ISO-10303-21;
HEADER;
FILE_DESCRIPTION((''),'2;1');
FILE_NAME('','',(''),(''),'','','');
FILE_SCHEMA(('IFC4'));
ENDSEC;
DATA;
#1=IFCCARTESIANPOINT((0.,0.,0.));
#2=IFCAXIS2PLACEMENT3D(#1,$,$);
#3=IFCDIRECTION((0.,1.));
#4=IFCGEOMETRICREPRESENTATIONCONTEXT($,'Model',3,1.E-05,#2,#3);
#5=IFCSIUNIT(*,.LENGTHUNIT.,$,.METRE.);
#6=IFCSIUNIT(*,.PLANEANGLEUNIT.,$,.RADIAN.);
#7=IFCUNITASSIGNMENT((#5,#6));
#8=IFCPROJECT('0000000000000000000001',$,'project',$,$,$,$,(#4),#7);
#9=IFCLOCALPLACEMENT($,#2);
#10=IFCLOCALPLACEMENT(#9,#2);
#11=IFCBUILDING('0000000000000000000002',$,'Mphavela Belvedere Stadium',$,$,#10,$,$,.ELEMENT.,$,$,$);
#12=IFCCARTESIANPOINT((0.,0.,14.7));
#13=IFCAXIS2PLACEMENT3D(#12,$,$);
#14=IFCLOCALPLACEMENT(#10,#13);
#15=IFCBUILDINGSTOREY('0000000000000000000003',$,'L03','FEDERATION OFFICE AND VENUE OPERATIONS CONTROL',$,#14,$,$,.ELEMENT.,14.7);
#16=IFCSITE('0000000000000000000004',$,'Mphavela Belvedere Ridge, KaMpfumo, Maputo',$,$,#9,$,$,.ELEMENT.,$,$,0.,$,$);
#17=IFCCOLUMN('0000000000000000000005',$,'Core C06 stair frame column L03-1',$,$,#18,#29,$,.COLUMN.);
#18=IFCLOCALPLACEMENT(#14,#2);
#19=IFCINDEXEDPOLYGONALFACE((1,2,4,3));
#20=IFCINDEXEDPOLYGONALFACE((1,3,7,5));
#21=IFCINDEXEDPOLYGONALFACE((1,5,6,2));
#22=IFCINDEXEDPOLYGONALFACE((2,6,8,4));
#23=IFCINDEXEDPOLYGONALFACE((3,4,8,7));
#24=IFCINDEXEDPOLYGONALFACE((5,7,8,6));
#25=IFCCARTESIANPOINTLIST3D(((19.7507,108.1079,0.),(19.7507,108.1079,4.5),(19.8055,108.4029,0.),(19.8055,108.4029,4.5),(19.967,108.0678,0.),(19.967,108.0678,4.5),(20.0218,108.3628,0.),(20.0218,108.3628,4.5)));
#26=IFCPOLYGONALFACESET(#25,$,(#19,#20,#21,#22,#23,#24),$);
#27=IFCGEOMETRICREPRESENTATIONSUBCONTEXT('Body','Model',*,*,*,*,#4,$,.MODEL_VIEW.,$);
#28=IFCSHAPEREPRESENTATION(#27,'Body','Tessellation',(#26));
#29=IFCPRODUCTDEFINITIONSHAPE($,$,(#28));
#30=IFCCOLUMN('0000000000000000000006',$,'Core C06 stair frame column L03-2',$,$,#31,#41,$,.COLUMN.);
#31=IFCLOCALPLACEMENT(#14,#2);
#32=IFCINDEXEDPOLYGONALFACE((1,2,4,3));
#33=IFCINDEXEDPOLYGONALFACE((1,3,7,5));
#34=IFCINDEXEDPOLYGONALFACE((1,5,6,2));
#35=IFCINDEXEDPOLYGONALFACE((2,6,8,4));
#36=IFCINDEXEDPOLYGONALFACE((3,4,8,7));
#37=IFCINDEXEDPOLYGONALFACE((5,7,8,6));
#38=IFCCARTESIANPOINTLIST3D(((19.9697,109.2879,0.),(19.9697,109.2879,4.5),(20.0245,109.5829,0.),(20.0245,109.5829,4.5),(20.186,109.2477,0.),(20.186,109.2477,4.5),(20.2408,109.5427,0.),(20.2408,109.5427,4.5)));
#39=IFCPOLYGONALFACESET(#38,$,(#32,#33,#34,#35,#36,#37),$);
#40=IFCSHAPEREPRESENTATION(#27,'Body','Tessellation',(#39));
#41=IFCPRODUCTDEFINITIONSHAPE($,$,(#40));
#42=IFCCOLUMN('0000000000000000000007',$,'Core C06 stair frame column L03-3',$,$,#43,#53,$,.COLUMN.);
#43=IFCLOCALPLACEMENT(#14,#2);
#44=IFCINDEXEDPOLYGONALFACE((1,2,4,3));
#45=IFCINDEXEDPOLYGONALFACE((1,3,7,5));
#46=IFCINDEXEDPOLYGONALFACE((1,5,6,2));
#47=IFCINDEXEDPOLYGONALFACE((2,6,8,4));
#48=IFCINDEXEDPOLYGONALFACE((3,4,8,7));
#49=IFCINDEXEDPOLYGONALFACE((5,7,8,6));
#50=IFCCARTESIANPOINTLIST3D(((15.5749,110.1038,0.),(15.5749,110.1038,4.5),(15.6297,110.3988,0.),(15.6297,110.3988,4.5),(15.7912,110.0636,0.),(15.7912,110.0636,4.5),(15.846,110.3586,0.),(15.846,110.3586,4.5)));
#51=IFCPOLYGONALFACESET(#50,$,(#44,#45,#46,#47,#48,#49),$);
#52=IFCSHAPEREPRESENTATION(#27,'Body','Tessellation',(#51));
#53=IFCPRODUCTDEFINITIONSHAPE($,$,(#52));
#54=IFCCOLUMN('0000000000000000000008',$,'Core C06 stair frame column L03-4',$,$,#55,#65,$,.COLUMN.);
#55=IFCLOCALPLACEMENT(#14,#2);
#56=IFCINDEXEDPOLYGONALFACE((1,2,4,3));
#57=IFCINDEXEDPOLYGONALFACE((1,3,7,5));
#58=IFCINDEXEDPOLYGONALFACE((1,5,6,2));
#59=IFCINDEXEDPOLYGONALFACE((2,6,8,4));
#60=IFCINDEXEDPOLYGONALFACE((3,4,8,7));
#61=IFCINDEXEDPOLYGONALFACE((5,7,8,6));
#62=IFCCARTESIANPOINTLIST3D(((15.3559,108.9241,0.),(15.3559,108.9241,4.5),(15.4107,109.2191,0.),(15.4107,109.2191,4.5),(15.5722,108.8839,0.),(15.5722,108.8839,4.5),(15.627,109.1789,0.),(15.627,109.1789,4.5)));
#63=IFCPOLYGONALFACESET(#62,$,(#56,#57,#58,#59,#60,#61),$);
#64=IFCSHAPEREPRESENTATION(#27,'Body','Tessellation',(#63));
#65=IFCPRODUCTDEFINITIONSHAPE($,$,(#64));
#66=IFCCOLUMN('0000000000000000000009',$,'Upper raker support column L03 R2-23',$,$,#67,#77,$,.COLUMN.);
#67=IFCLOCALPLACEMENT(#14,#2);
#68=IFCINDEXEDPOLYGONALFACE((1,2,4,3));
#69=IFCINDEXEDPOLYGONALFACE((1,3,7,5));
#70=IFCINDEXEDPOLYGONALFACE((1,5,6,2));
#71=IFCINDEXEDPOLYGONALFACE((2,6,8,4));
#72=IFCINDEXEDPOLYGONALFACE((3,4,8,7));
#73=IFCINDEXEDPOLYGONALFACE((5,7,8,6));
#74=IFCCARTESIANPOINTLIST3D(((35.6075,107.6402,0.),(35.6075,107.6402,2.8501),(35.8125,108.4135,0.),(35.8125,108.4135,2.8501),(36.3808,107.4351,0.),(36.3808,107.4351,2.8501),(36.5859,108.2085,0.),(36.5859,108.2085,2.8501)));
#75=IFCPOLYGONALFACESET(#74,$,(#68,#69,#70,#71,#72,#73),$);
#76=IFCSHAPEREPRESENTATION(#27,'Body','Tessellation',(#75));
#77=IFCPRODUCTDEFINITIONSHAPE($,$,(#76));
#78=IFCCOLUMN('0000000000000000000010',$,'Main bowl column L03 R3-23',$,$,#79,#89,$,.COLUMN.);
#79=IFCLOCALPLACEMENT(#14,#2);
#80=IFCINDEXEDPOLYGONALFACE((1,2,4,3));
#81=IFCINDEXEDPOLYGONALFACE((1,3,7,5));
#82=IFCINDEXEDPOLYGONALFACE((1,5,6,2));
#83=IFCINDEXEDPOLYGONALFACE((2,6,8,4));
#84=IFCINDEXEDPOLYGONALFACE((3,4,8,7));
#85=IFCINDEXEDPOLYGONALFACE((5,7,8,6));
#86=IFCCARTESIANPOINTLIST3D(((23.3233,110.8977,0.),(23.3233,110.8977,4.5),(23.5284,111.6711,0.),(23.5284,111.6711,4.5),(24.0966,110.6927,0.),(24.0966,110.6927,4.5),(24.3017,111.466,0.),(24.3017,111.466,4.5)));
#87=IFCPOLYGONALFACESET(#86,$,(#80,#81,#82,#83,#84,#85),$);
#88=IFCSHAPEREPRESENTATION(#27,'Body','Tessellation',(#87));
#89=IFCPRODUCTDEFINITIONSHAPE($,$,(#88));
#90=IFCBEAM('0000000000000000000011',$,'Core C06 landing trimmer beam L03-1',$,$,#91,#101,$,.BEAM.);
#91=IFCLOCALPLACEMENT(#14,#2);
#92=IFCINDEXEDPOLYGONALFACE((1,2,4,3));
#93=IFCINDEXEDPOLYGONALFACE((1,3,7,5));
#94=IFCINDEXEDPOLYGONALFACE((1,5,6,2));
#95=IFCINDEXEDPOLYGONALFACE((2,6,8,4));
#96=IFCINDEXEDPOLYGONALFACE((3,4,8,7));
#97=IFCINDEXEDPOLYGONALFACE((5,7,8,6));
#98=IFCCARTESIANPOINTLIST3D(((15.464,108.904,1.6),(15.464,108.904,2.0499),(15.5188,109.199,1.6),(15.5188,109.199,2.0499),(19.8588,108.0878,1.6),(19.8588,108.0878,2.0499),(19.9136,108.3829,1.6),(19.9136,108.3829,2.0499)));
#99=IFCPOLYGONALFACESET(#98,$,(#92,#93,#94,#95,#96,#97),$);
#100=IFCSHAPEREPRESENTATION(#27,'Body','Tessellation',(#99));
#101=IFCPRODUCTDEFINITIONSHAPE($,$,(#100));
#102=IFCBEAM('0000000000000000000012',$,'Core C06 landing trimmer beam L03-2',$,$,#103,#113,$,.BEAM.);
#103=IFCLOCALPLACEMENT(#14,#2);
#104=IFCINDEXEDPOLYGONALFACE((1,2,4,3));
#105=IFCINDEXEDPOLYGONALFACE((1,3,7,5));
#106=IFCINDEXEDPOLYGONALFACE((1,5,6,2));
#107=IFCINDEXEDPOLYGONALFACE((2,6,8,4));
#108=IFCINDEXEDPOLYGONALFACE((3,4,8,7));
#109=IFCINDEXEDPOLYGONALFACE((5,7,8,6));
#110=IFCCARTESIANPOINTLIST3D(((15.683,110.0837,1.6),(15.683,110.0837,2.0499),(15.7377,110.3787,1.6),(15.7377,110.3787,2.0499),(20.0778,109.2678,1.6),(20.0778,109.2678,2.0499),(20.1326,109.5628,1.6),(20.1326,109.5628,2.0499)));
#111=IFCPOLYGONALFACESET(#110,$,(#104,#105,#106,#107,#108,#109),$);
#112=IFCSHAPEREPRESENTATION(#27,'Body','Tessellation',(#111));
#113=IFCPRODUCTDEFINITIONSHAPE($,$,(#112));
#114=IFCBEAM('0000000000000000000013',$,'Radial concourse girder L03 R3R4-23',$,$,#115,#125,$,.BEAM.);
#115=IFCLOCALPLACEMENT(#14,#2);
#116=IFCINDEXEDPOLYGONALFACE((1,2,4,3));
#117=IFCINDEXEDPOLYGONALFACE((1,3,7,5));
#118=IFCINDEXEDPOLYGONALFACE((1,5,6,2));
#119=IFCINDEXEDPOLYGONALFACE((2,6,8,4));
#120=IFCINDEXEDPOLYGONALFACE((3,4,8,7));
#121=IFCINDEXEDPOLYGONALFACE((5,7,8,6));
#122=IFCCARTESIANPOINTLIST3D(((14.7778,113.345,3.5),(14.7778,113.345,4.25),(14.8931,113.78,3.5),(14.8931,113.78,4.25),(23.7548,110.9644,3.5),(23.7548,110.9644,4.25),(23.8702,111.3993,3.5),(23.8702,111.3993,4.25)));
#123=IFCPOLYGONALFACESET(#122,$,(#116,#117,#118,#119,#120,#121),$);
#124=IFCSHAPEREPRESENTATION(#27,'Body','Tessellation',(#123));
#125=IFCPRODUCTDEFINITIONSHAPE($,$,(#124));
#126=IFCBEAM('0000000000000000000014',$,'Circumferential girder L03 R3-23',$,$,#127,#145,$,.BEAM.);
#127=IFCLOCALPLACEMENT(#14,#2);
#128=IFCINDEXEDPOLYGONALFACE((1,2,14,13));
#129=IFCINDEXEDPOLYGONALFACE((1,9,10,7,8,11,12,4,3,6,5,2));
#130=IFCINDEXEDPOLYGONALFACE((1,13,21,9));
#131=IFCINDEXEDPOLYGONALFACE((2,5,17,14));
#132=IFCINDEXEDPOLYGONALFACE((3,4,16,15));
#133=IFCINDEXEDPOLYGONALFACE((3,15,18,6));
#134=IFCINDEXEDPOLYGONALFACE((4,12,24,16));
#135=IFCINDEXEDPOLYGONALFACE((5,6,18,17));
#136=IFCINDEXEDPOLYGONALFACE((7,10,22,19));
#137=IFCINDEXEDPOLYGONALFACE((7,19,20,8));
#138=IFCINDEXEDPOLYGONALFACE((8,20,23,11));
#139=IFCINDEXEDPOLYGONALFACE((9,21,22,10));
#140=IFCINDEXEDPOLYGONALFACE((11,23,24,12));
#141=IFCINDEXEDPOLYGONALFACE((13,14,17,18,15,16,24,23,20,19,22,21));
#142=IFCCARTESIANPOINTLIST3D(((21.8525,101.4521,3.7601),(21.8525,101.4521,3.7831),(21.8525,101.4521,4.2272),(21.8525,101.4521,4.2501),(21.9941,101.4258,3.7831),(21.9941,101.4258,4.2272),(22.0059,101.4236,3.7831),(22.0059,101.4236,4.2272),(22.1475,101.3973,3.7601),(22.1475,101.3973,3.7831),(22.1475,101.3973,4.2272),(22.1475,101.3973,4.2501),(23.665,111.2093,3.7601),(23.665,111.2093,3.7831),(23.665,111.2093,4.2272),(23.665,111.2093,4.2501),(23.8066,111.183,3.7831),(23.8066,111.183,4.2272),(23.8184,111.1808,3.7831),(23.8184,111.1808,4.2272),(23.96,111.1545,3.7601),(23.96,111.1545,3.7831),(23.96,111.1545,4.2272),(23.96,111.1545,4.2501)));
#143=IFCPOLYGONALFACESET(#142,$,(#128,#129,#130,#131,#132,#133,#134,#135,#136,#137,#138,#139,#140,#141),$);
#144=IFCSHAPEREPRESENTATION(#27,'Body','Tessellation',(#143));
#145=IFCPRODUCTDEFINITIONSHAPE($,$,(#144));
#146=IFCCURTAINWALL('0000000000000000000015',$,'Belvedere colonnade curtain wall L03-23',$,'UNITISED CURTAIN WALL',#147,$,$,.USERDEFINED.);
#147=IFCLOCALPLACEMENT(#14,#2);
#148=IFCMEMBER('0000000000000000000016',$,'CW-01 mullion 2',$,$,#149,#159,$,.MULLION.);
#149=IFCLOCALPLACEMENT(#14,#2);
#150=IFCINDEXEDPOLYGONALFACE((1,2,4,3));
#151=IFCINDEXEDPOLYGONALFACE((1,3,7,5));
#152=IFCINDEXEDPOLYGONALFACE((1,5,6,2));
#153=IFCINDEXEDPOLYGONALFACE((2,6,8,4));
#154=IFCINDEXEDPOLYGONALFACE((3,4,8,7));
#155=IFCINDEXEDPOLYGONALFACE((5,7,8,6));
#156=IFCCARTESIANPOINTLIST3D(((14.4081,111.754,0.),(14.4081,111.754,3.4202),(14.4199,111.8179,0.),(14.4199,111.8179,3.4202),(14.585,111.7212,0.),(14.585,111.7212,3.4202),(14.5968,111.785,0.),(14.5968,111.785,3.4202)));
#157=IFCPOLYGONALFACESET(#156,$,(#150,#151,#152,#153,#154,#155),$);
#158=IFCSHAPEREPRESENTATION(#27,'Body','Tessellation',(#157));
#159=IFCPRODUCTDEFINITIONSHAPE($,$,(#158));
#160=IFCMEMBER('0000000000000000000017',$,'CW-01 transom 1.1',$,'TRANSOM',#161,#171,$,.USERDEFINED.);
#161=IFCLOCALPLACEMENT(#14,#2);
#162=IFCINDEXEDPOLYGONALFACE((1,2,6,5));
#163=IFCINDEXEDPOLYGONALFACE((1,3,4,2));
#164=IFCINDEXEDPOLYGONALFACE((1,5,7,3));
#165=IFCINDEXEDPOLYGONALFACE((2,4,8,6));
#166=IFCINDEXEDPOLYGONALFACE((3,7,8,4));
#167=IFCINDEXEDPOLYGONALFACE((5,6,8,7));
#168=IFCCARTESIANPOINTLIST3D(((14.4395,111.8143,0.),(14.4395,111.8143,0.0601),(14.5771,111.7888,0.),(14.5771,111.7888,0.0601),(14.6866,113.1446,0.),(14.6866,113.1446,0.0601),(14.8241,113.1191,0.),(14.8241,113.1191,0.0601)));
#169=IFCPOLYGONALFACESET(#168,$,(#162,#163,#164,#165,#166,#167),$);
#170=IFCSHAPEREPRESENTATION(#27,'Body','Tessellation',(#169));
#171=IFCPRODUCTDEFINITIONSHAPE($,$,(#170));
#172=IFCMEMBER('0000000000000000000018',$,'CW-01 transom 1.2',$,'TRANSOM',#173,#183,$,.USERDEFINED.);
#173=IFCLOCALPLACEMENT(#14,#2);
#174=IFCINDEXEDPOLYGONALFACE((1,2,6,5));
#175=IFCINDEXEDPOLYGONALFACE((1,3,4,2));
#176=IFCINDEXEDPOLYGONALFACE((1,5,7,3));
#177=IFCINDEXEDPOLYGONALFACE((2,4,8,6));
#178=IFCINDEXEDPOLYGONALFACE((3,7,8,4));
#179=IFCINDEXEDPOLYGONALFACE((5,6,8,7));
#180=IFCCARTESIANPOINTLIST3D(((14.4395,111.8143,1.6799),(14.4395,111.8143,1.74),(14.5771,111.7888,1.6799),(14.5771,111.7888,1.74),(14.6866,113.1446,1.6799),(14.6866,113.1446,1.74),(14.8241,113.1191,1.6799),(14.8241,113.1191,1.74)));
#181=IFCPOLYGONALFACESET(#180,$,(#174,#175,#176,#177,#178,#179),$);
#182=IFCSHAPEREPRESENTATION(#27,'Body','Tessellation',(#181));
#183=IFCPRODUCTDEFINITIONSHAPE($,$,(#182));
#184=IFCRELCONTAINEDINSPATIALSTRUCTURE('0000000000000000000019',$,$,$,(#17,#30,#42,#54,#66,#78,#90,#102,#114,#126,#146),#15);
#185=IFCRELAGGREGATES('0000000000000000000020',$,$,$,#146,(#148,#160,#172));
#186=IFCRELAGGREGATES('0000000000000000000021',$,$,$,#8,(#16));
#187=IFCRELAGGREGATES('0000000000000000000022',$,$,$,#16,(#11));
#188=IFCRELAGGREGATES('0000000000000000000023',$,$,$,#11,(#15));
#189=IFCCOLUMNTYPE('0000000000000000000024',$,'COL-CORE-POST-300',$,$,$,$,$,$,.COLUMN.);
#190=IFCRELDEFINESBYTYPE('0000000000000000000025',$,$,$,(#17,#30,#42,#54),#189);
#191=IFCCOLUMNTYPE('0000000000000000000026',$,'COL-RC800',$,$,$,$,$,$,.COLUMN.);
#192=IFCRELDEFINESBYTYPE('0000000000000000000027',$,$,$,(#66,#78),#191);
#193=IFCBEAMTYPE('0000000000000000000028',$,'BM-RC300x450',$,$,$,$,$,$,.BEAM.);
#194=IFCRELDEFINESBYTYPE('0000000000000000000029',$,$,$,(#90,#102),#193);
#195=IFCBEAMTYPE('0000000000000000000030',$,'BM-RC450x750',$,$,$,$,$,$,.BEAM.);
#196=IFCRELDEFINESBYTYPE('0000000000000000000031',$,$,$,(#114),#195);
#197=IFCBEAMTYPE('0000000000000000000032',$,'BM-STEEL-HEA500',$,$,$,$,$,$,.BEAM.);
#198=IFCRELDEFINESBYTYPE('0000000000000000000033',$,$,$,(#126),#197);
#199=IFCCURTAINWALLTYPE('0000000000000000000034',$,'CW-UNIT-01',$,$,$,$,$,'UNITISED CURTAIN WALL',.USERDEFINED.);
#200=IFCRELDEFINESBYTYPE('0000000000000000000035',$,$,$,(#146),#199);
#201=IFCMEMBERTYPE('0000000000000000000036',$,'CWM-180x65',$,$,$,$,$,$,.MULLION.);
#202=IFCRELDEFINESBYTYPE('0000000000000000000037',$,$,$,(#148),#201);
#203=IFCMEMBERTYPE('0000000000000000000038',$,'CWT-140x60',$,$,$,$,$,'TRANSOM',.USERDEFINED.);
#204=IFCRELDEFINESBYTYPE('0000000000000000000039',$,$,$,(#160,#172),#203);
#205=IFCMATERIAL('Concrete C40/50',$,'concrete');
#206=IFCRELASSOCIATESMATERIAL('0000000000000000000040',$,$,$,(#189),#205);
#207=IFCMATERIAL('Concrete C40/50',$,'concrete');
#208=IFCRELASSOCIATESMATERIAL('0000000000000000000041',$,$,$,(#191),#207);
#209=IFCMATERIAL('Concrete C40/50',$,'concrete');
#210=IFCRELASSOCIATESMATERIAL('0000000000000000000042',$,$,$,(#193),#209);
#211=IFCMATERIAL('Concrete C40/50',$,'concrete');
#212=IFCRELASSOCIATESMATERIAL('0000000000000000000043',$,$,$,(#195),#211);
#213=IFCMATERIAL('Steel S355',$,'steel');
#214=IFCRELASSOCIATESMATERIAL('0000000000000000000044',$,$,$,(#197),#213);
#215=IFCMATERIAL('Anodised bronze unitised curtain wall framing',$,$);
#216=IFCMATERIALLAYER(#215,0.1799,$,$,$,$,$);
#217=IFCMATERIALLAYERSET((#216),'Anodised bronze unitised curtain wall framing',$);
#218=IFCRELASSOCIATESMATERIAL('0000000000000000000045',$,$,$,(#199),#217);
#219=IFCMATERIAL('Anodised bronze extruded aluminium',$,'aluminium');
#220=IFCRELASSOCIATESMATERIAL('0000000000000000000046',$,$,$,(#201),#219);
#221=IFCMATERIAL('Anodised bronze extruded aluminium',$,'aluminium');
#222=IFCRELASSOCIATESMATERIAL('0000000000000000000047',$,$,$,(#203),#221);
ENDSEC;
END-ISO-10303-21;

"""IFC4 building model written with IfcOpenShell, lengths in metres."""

from ifc_helpers import new_model, si_unit, direction, frame, origin, origin_2d, place, context, subcontext, project, spatial, rectangle, i_section, extrude, material, layer, layer_set, material_profile, profile_set, type_object, element, aggregate, save


model = new_model("IFC4")

# Units and contexts
model_context = context("Model", 3, precision=1e-05, world=origin(), true_north=direction((0.0, 1.0)))
body_context = subcontext(model_context, "Body", "Model", "MODEL_VIEW")
ifc_project = project(units=[si_unit("LENGTHUNIT", "METRE"), si_unit("PLANEANGLEUNIT", "RADIAN")], contexts=[model_context])

# Site, building, storey
site_placement = place(None, origin())
site = spatial("IfcSite", under=ifc_project, at=site_placement, Name="Mphavela Belvedere Ridge, KaMpfumo, Maputo", CompositionType="ELEMENT", RefElevation=0.0)
building_placement = place(site_placement, origin())
building = spatial("IfcBuilding", under=site, at=building_placement, Name="Mphavela Belvedere Stadium", CompositionType="ELEMENT")
storey_placement = place(building_placement, frame((0.0, 0.0, 14.7)))
storey = spatial("IfcBuildingStorey", under=building, at=storey_placement, Name="L03", Description="FEDERATION OFFICE AND VENUE OPERATIONS CONTROL", CompositionType="ELEMENT", Elevation=14.7)

# Columns
ifc_material_1 = material(Name="Concrete C40/50", Category="concrete")
ifc_material_profile_1 = material_profile(ifc_material_1, rectangle(XDim=0.3, YDim=0.22, at=origin_2d()), Name="RC 300x220")
ifc_profile_set_1 = profile_set([ifc_material_profile_1], Name="Concrete C40/50")
column_type_1 = type_object("IfcColumnType", Name="COL-CORE-POST-300", PredefinedType="COLUMN", material=ifc_profile_set_1)
for number, where, z_axis, x_axis, name in (
    (1, (19.8862, 108.2354, 0.0), (0.0, 0.0, 1.0), (0.182579, 0.983191, 0.0), "Core C06 stair frame column L03-1"),
    (2, (20.1052, 109.4153, 0.0), (0.0, 0.0, 1.0), (0.182579, 0.983191, 0.0), "Core C06 stair frame column L03-2"),
    (3, (15.7104, 110.2312, 0.0), (0.0, 0.0, 1.0), (0.182579, 0.983191, 0.0), "Core C06 stair frame column L03-3"),
    (4, (15.4915, 109.0515, 0.0), (0.0, 0.0, 1.0), (0.182579, 0.983191, 0.0), "Core C06 stair frame column L03-4"),
):
    element("IfcColumn", number, at=place(storey_placement, frame(where, z_axis=z_axis, x_axis=x_axis)), inside=storey, type_object=column_type_1, Name=name, PredefinedType="COLUMN", context=body_context, shape_type="SweptSolid", body=[
        extrude(rectangle(XDim=0.3, YDim=0.22, at=origin_2d()), origin(), (0.0, 0.0, 1.0), 4.5),
    ])
ifc_material_2 = material(Name="Concrete C40/50", Category="concrete")
ifc_material_profile_2 = material_profile(ifc_material_2, rectangle(XDim=0.8, YDim=0.8, at=origin_2d()), Name="RC 800x800")
ifc_profile_set_2 = profile_set([ifc_material_profile_2], Name="Concrete C40/50")
column_type_2 = type_object("IfcColumnType", Name="COL-RC800", PredefinedType="COLUMN", material=ifc_profile_set_2)
column_1_placement = place(storey_placement, frame((36.0967, 107.9243, 0.0), z_axis=(0.0, 0.0, 1.0), x_axis=(-0.9666, 0.256289, 0.0)))
element("IfcColumn", 5, at=column_1_placement, inside=storey, type_object=column_type_2, Name="Upper raker support column L03 R2-23", PredefinedType="COLUMN", context=body_context, shape_type="SweptSolid", body=[
    extrude(rectangle(XDim=0.8, YDim=0.8, at=origin_2d()), origin(), (0.0, 0.0, 1.0), 2.8501),
])
column_2_placement = place(storey_placement, frame((23.8125, 111.1819, 0.0), z_axis=(0.0, 0.0, 1.0), x_axis=(-0.9666, 0.256289, 0.0)))
element("IfcColumn", 6, at=column_2_placement, inside=storey, type_object=column_type_2, Name="Main bowl column L03 R3-23", PredefinedType="COLUMN", context=body_context, shape_type="SweptSolid", body=[
    extrude(rectangle(XDim=0.8, YDim=0.8, at=origin_2d()), origin(), (0.0, 0.0, 1.0), 4.5),
])

# Beams
ifc_material_3 = material(Name="Concrete C40/50", Category="concrete")
ifc_material_profile_3 = material_profile(ifc_material_3, rectangle(XDim=0.3, YDim=0.45, at=origin_2d()), Name="RC 300x450")
ifc_profile_set_3 = profile_set([ifc_material_profile_3], Name="Concrete C40/50")
beam_type_1 = type_object("IfcBeamType", Name="BM-RC300x450", PredefinedType="BEAM", material=ifc_profile_set_3)
for number, where, z_axis, x_axis, name in (
    (7, (19.8862, 108.2354, 1.825), (-0.983189, 0.18259, 0.0), (-0.18259, -0.983189, 0.0), "Core C06 landing trimmer beam L03-1"),
    (8, (20.1052, 109.4153, 1.825), (-0.983199, 0.182537, 0.0), (-0.182537, -0.983199, 0.0), "Core C06 landing trimmer beam L03-2"),
):
    element("IfcBeam", number, at=place(storey_placement, frame(where, z_axis=z_axis, x_axis=x_axis)), inside=storey, type_object=beam_type_1, Name=name, PredefinedType="BEAM", context=body_context, shape_type="SweptSolid", body=[
        extrude(rectangle(XDim=0.3, YDim=0.45, at=origin_2d()), origin(), (0.0, 0.0, 1.0), 4.47),
    ])
ifc_material_4 = material(Name="Concrete C40/50", Category="concrete")
ifc_material_profile_4 = material_profile(ifc_material_4, rectangle(XDim=0.45, YDim=0.75, at=origin_2d()), Name="RC 450x750")
ifc_profile_set_4 = profile_set([ifc_material_profile_4], Name="Concrete C40/50")
beam_type_2 = type_object("IfcBeamType", Name="BM-RC450x750", PredefinedType="BEAM", material=ifc_profile_set_4)
beam_1_placement = place(storey_placement, frame((23.8125, 111.1819, 3.875), z_axis=(-0.96659, 0.256329, 0.0), x_axis=(-0.256329, -0.96659, 0.0)))
element("IfcBeam", 9, at=beam_1_placement, inside=storey, type_object=beam_type_2, Name="Radial concourse girder L03 R3R4-23", PredefinedType="BEAM", context=body_context, shape_type="SweptSolid", body=[
    extrude(rectangle(XDim=0.45, YDim=0.75, at=origin_2d()), origin(), (0.0, 0.0, 1.0), 9.2874),
])
ifc_material_5 = material(Name="Steel S355", Category="steel")
ifc_material_profile_5 = material_profile(ifc_material_5, i_section(OverallWidth=0.3, OverallDepth=0.49, WebThickness=0.012, FlangeThickness=0.0229, at=origin_2d()), Name="HEA 500")
ifc_profile_set_5 = profile_set([ifc_material_profile_5], Name="Steel S355")
beam_type_3 = type_object("IfcBeamType", Name="BM-STEEL-HEA500", PredefinedType="BEAM", material=ifc_profile_set_5)
beam_2_placement = place(storey_placement, frame((23.8125, 111.1819, 4.0051), z_axis=(-0.182638, -0.98318, 0.0), x_axis=(0.98318, -0.182638, 0.0)))
element("IfcBeam", 10, at=beam_2_placement, inside=storey, type_object=beam_type_3, Name="Circumferential girder L03 R3-23", PredefinedType="BEAM", context=body_context, shape_type="SweptSolid", body=[
    extrude(i_section(OverallWidth=0.3, OverallDepth=0.49, WebThickness=0.012, FlangeThickness=0.0229, at=origin_2d()), origin(), (0.0, 0.0, 1.0), 9.9241),
])

# Curtain wall, members
ifc_material_6 = material(Name="Anodised bronze unitised curtain wall framing")
ifc_layer_1 = layer(ifc_material_6, 0.1799)
ifc_layer_set_1 = layer_set([ifc_layer_1], Name="Anodised bronze unitised curtain wall framing")
curtain_wall_type = type_object("IfcCurtainWallType", Name="CW-UNIT-01", ElementType="UNITISED CURTAIN WALL", PredefinedType="USERDEFINED", material=ifc_layer_set_1)
curtain_wall_placement = place(storey_placement, origin())
curtain_wall = element("IfcCurtainWall", 11, at=curtain_wall_placement, inside=storey, type_object=curtain_wall_type, Name="Belvedere colonnade curtain wall L03-23", ObjectType="UNITISED CURTAIN WALL", PredefinedType="USERDEFINED")
ifc_material_7 = material(Name="Anodised bronze extruded aluminium", Category="aluminium")
ifc_material_profile_6 = material_profile(ifc_material_7, rectangle(XDim=0.1799, YDim=0.0649, at=origin_2d()), Name="CW-MUL 180x65")
ifc_profile_set_6 = profile_set([ifc_material_profile_6], Name="Anodised bronze extruded aluminium")
member_type_1 = type_object("IfcMemberType", Name="CWM-180x65", PredefinedType="MULLION", material=ifc_profile_set_6)
member_1_placement = place(storey_placement, frame((14.5024, 111.7695, 0.0), z_axis=(0.0, 0.0, 1.0), x_axis=(0.983181, -0.182631, 0.0)))
member_1 = element("IfcMember", 12, at=member_1_placement, type_object=member_type_1, Name="CW-01 mullion 2", PredefinedType="MULLION", context=body_context, shape_type="SweptSolid", body=[
    extrude(rectangle(XDim=0.1799, YDim=0.0649, at=origin_2d()), origin(), (0.0, 0.0, 1.0), 3.4202),
])
ifc_material_8 = material(Name="Anodised bronze extruded aluminium", Category="aluminium")
ifc_material_profile_7 = material_profile(ifc_material_8, rectangle(XDim=0.1399, YDim=0.0601, at=origin_2d()), Name="CW-TRN 140x60")
ifc_profile_set_7 = profile_set([ifc_material_profile_7], Name="Anodised bronze extruded aluminium")
member_type_2 = type_object("IfcMemberType", Name="CWT-140x60", ElementType="TRANSOM", PredefinedType="USERDEFINED", material=ifc_profile_set_7)
member_2_placement = place(storey_placement, frame((14.7554, 113.1318, 0.03), z_axis=(-0.1826, -0.983187, 0.0), x_axis=(0.983187, -0.1826, 0.0)))
member_2 = element("IfcMember", 13, at=member_2_placement, type_object=member_type_2, Name="CW-01 transom 1.1", ObjectType="TRANSOM", PredefinedType="USERDEFINED", context=body_context, shape_type="SweptSolid", body=[
    extrude(rectangle(XDim=0.1399, YDim=0.0601, at=origin_2d()), origin(), (0.0, 0.0, 1.0), 1.353),
])
member_3_placement = place(storey_placement, frame((14.7554, 113.1318, 1.71), z_axis=(-0.1826, -0.983187, 0.0), x_axis=(0.983187, -0.1826, 0.0)))
member_3 = element("IfcMember", 14, at=member_3_placement, type_object=member_type_2, Name="CW-01 transom 1.2", ObjectType="TRANSOM", PredefinedType="USERDEFINED", context=body_context, shape_type="SweptSolid", body=[
    extrude(rectangle(XDim=0.1399, YDim=0.0601, at=origin_2d()), origin(), (0.0, 0.0, 1.0), 1.353),
])
aggregate(curtain_wall, [member_1, member_2, member_3])

save(model, "model.ifc")
